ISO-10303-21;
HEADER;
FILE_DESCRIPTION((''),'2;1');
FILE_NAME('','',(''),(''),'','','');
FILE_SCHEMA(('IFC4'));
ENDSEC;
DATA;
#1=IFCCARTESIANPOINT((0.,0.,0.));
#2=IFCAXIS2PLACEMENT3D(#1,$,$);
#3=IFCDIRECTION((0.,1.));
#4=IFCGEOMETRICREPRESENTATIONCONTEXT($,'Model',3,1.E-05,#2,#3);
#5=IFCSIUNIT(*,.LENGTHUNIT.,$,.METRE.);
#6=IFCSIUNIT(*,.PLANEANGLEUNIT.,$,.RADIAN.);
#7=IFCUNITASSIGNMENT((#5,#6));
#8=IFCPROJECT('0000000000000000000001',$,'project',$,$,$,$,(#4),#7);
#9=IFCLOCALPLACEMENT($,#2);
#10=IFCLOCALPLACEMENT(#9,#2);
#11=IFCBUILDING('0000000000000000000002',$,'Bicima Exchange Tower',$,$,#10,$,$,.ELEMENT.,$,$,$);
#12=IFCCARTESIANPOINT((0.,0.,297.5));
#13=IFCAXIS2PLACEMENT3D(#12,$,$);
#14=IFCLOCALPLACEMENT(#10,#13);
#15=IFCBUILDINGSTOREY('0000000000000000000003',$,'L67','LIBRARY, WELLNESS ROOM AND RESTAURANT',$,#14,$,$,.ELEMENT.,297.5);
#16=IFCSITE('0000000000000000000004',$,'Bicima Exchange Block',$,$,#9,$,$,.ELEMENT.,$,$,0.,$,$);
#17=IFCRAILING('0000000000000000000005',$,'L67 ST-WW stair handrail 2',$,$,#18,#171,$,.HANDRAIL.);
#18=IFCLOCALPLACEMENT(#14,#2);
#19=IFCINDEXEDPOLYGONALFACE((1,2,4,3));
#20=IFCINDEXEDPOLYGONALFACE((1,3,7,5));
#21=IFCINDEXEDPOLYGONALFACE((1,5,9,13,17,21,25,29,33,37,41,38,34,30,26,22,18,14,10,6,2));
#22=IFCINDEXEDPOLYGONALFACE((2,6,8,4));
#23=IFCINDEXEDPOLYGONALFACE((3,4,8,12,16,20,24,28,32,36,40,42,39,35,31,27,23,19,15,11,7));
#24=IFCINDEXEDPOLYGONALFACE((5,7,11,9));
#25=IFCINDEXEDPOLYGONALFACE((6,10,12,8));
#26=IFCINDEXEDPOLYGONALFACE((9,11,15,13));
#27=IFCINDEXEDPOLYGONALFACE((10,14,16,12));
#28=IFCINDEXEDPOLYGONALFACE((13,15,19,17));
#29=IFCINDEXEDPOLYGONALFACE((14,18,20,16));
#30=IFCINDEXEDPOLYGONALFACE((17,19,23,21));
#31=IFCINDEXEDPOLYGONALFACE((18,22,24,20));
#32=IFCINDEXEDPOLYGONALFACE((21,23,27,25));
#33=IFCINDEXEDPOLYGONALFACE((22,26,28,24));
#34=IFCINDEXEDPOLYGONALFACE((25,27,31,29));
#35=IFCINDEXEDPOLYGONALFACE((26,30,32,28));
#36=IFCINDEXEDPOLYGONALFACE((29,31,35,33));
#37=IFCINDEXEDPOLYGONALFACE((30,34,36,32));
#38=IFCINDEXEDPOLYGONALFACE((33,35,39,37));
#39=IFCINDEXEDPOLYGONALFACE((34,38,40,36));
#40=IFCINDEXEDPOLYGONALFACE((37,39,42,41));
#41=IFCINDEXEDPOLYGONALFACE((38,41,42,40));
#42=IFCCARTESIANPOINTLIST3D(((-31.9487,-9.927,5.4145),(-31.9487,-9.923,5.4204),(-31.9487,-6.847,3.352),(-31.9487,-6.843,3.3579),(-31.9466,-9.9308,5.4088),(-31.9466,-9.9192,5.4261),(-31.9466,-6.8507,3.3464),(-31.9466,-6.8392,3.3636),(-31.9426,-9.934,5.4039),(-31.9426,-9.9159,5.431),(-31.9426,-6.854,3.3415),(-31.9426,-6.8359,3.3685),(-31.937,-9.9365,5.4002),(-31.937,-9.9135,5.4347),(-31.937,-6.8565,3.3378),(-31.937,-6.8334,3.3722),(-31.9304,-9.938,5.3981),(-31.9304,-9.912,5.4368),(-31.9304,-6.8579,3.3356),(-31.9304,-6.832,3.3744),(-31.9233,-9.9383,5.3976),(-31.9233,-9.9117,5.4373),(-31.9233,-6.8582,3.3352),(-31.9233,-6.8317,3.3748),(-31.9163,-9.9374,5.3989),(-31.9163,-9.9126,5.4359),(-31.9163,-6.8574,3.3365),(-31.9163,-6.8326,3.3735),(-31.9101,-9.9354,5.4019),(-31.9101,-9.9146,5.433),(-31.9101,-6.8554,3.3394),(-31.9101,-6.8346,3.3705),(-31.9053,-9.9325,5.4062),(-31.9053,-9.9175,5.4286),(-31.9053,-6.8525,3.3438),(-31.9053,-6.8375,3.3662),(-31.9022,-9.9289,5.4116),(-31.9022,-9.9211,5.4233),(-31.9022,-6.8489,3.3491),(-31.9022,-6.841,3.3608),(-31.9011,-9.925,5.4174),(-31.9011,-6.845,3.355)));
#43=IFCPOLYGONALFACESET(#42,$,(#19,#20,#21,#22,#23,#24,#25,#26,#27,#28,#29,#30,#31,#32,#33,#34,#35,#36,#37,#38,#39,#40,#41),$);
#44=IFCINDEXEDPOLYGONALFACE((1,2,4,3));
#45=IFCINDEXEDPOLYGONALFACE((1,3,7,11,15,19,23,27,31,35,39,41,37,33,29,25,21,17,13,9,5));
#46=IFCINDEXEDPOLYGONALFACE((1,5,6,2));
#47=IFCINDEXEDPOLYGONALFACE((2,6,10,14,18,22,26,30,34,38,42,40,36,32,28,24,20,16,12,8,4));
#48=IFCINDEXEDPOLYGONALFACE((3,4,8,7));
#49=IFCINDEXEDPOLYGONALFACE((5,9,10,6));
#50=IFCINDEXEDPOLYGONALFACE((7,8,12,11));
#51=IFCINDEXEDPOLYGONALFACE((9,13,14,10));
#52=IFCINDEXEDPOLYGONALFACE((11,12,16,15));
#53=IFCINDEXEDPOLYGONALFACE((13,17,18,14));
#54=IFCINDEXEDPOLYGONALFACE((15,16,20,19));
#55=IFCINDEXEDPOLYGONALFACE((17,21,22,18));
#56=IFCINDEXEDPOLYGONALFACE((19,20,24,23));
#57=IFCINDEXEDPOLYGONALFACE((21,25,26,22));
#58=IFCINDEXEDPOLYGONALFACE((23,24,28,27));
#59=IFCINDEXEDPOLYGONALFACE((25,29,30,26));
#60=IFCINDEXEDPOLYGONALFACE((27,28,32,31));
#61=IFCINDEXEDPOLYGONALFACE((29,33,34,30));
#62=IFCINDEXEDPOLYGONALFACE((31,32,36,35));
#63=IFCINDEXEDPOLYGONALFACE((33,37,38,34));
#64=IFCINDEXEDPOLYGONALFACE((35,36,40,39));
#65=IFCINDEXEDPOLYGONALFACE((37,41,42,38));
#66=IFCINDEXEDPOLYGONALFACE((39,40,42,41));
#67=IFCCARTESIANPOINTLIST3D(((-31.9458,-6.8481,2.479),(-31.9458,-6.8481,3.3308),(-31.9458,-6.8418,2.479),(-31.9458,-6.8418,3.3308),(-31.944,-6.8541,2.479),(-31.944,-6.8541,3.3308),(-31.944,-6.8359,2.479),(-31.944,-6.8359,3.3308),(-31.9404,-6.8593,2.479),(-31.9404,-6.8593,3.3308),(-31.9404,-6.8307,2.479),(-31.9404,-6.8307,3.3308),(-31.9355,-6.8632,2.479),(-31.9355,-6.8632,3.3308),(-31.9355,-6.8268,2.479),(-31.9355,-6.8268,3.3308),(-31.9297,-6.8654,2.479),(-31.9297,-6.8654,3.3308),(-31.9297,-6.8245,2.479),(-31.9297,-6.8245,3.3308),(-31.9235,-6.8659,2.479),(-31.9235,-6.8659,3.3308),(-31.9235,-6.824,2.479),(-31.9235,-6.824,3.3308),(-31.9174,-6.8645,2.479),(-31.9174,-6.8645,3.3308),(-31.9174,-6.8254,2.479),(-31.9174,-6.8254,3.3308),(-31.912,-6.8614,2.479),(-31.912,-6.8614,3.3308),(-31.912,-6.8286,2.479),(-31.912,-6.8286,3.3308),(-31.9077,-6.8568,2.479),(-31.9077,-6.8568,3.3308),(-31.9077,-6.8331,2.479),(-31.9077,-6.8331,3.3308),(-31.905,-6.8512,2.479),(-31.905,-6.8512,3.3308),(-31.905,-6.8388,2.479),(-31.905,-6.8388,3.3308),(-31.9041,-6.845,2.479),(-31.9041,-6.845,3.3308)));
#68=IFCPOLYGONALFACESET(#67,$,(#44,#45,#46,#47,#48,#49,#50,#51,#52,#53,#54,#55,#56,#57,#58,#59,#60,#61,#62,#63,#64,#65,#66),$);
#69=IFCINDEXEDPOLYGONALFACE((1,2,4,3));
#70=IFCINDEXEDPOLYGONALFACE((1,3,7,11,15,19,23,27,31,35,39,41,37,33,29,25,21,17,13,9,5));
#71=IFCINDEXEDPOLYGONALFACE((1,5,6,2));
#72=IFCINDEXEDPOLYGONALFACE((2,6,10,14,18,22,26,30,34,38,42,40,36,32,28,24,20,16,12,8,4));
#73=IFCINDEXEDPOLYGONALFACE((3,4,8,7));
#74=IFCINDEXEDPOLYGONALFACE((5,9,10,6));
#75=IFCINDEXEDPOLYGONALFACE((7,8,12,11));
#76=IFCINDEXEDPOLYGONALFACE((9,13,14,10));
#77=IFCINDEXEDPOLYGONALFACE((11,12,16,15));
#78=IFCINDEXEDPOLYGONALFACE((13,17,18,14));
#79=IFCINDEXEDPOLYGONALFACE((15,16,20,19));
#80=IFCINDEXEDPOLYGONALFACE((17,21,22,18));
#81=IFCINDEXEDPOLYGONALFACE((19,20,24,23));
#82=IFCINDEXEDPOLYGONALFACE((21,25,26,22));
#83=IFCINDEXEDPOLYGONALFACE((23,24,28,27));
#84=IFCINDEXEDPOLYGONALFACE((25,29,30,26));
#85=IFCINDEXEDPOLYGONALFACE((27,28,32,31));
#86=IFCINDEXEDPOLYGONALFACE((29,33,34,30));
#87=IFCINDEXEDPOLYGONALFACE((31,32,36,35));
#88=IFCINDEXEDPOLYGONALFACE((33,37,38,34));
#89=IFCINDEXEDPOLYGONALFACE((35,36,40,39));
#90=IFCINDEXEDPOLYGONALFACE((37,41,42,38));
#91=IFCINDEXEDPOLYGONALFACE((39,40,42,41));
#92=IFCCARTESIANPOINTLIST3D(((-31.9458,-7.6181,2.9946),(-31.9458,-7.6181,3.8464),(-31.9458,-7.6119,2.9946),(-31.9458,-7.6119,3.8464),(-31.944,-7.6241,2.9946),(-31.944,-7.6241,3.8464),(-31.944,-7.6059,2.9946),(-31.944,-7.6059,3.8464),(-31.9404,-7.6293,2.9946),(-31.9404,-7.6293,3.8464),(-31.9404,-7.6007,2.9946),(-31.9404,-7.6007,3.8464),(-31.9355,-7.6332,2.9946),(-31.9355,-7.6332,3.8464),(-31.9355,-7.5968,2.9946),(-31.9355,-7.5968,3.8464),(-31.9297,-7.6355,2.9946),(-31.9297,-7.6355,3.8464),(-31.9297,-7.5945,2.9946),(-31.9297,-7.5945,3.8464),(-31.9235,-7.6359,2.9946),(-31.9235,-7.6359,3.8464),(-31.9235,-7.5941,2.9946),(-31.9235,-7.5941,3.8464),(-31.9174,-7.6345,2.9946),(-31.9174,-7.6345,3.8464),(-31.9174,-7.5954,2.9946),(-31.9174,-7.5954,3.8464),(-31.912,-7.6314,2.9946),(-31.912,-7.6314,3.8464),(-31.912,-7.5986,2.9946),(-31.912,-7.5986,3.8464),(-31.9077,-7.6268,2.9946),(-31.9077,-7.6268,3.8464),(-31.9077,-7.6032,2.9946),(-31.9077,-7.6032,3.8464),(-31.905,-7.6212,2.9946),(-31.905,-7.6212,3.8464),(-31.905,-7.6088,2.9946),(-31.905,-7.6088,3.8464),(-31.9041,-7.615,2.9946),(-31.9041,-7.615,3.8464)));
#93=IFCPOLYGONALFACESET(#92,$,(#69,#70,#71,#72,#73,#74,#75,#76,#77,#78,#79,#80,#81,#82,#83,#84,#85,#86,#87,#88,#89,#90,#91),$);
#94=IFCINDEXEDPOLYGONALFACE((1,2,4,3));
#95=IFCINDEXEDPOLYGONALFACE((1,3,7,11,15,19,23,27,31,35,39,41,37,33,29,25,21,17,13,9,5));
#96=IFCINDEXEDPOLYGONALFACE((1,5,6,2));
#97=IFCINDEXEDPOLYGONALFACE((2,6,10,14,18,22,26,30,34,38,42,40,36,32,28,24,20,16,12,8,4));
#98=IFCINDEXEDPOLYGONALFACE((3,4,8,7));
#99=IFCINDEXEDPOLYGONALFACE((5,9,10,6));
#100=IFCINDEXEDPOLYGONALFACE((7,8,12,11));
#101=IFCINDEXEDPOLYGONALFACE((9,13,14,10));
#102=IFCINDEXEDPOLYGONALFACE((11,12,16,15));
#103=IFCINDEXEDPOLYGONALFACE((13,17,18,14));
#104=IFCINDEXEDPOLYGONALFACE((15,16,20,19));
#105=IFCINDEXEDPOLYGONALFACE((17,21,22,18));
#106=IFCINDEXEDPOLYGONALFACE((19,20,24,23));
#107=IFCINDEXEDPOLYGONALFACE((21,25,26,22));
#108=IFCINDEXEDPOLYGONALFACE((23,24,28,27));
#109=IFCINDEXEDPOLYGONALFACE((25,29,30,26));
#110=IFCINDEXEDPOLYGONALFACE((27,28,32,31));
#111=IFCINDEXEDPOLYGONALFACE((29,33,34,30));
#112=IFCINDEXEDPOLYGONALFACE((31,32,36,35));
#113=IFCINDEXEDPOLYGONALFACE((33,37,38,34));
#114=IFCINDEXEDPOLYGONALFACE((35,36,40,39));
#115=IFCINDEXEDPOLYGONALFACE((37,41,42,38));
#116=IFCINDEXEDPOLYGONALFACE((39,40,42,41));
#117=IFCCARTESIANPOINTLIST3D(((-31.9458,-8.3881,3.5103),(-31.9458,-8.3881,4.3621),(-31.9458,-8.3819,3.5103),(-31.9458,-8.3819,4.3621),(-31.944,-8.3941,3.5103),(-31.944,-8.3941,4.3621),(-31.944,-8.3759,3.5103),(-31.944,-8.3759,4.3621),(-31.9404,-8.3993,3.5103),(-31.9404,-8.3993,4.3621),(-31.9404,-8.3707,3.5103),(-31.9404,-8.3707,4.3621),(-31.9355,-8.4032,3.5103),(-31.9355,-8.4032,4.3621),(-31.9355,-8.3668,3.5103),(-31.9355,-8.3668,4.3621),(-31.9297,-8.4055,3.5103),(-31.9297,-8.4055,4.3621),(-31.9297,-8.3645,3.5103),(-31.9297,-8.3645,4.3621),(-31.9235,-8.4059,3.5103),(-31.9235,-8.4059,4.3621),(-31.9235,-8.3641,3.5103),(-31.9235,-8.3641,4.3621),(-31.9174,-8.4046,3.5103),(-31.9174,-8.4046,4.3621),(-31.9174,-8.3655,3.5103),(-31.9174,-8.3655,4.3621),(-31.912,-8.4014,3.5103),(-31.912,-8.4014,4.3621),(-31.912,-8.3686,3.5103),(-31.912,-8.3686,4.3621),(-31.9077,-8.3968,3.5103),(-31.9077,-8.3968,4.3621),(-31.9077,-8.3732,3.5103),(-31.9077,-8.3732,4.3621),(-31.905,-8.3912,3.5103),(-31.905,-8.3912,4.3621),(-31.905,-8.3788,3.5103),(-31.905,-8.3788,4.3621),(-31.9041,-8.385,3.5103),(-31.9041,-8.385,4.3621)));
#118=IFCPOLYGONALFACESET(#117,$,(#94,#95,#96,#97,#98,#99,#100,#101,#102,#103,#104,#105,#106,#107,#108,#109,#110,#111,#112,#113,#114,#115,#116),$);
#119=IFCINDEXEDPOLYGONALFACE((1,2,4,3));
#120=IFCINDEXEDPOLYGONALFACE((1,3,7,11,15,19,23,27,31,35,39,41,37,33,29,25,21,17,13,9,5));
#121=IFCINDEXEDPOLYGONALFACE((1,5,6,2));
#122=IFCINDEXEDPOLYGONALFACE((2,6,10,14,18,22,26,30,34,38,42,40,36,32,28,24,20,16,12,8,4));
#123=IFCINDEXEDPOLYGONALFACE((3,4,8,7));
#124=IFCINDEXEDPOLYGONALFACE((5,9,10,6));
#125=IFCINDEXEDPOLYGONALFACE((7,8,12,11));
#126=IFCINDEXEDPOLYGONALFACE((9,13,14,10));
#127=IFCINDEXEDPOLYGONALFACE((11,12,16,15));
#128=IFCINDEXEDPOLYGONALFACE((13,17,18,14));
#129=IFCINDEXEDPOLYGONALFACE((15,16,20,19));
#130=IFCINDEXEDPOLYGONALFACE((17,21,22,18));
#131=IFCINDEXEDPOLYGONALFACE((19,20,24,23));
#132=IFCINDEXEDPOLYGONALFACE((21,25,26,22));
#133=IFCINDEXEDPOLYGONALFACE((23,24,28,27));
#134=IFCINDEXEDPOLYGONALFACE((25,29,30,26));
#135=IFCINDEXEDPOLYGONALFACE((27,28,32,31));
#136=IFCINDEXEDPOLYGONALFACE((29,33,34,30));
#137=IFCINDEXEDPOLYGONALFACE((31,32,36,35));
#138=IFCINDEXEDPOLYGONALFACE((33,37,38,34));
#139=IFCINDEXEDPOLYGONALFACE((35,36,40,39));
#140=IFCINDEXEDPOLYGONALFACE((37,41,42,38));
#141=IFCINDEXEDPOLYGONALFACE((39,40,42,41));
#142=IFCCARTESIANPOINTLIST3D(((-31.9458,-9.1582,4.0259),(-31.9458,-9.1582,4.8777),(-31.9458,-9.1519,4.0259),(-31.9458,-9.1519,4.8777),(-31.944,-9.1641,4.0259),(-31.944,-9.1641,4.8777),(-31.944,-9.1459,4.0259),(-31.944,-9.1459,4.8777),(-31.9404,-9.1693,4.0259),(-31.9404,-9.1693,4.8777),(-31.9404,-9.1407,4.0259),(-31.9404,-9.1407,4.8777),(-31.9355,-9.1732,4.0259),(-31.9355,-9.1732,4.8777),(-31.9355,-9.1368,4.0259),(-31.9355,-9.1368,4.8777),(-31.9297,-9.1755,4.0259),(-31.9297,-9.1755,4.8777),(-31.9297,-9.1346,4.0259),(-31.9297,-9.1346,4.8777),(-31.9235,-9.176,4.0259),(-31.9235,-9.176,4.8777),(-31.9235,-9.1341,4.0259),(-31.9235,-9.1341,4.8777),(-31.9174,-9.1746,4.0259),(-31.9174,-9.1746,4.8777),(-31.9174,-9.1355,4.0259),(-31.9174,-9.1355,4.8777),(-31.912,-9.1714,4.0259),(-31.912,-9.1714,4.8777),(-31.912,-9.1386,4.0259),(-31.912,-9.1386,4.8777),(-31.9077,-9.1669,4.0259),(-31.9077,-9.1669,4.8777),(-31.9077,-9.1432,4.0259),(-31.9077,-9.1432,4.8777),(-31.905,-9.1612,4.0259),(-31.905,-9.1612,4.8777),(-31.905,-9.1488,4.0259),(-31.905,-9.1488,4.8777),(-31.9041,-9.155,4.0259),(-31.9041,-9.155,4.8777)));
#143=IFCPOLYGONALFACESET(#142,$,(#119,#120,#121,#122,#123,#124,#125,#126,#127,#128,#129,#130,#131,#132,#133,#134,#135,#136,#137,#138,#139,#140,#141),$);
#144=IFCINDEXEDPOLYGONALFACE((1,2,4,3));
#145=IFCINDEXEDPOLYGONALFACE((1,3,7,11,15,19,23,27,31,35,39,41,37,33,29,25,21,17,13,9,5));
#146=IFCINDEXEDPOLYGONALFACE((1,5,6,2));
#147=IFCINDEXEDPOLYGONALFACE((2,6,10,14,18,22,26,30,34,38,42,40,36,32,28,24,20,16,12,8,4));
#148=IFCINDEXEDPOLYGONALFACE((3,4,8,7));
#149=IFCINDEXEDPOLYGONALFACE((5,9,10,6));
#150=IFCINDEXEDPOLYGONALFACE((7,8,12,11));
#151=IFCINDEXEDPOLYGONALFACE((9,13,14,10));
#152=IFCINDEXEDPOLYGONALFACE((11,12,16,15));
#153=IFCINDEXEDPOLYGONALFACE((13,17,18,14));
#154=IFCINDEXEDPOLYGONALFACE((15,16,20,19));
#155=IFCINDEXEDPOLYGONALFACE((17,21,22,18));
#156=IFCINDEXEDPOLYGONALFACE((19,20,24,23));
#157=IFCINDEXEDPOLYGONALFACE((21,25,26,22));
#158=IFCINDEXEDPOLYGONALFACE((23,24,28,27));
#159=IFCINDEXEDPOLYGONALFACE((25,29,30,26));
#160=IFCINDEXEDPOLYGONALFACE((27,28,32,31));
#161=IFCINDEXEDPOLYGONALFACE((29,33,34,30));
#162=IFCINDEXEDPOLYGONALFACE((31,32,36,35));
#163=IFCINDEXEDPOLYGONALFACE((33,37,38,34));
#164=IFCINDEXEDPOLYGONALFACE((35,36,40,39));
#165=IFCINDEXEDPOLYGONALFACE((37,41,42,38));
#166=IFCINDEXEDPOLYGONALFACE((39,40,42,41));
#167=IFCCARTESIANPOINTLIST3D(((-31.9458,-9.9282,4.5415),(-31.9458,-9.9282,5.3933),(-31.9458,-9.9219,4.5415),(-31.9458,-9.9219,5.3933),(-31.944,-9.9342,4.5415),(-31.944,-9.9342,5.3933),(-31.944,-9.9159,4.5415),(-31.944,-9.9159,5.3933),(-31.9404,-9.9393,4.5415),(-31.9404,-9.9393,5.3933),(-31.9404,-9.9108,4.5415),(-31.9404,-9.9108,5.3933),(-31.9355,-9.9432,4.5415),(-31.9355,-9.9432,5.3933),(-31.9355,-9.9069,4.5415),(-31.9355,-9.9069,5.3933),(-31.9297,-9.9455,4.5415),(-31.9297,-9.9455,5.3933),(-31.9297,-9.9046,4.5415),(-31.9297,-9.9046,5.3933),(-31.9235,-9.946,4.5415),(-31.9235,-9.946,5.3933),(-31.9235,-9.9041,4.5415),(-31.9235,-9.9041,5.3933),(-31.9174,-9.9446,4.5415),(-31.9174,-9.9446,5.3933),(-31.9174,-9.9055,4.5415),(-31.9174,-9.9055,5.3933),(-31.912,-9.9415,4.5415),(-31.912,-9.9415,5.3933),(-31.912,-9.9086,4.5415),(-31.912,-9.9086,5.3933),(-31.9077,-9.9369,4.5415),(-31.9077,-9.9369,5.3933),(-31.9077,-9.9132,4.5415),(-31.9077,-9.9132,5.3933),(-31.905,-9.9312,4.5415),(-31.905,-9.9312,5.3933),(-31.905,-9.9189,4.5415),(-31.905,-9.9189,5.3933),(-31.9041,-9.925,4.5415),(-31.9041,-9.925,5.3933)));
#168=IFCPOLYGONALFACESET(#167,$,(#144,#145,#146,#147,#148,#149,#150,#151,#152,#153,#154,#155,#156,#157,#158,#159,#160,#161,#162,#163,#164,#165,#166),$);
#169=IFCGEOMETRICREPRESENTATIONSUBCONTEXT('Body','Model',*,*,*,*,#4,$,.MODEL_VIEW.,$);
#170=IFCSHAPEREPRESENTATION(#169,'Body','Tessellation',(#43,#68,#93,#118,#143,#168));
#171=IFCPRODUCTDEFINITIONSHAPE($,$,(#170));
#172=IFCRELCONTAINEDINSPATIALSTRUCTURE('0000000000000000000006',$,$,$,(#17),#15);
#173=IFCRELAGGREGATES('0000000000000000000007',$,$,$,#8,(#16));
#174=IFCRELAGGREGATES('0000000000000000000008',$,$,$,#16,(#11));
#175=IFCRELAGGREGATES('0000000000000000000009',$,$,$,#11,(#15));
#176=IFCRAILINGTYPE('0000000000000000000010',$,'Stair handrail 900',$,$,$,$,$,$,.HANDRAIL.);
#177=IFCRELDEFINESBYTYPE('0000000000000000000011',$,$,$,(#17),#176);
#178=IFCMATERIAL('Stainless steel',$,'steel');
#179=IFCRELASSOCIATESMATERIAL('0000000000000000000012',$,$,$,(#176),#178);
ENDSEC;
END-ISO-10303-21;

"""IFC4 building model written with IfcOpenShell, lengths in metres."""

from ifc_helpers import new_model, si_unit, direction, frame, origin, origin_2d, place, context, subcontext, project, spatial, circle, extrude, material, type_object, element, save


model = new_model("IFC4")

# Units and contexts
model_context = context("Model", 3, precision=1e-05, world=origin(), true_north=direction((0.0, 1.0)))
body_context = subcontext(model_context, "Body", "Model", "MODEL_VIEW")
ifc_project = project(units=[si_unit("LENGTHUNIT", "METRE"), si_unit("PLANEANGLEUNIT", "RADIAN")], contexts=[model_context])

# Site, building, storey
site_placement = place(None, origin())
site = spatial("IfcSite", under=ifc_project, at=site_placement, Name="Bicima Exchange Block", CompositionType="ELEMENT", RefElevation=0.0)
building_placement = place(site_placement, origin())
building = spatial("IfcBuilding", under=site, at=building_placement, Name="Bicima Exchange Tower", CompositionType="ELEMENT")
storey_placement = place(building_placement, frame((0.0, 0.0, 297.5)))
storey = spatial("IfcBuildingStorey", under=building, at=storey_placement, Name="L67", Description="LIBRARY, WELLNESS ROOM AND RESTAURANT", CompositionType="ELEMENT", Elevation=297.5)

# Railing
ifc_material_1 = material(Name="Stainless steel", Category="steel")
railing_type_1 = type_object("IfcRailingType", Name="Stair handrail 900", PredefinedType="HANDRAIL", material=ifc_material_1)
railing_1_placement = place(storey_placement, frame((-31.925, -6.845, 2.479)))
element("IfcRailing", 1, at=railing_1_placement, inside=storey, type_object=railing_type_1, Name="L67 ST-WW stair handrail 2", PredefinedType="HANDRAIL", context=body_context, shape_type="SweptSolid", body=[
    extrude(circle(Radius=0.0239, at=origin_2d()), frame((0.0, 0.0, 0.876), z_axis=(0.0, -0.830914, 0.556401), x_axis=(1.0, 0.0, 0.0)), (0.0, 0.0, 1.0), 3.7068),
    extrude(circle(Radius=0.021, at=origin_2d()), origin(), (0.0, 0.0, 1.0), 0.8518),
    extrude(circle(Radius=0.021, at=origin_2d()), frame((0.0, -0.77, 0.5156)), (0.0, 0.0, 1.0), 0.8518),
    extrude(circle(Radius=0.021, at=origin_2d()), frame((0.0, -1.54, 1.0312)), (0.0, 0.0, 1.0), 0.8518),
    extrude(circle(Radius=0.021, at=origin_2d()), frame((0.0, -2.3101, 1.5469)), (0.0, 0.0, 1.0), 0.8518),
    extrude(circle(Radius=0.021, at=origin_2d()), frame((0.0, -3.0801, 2.0625)), (0.0, 0.0, 1.0), 0.8518),
])

save(model, "model.ifc")
